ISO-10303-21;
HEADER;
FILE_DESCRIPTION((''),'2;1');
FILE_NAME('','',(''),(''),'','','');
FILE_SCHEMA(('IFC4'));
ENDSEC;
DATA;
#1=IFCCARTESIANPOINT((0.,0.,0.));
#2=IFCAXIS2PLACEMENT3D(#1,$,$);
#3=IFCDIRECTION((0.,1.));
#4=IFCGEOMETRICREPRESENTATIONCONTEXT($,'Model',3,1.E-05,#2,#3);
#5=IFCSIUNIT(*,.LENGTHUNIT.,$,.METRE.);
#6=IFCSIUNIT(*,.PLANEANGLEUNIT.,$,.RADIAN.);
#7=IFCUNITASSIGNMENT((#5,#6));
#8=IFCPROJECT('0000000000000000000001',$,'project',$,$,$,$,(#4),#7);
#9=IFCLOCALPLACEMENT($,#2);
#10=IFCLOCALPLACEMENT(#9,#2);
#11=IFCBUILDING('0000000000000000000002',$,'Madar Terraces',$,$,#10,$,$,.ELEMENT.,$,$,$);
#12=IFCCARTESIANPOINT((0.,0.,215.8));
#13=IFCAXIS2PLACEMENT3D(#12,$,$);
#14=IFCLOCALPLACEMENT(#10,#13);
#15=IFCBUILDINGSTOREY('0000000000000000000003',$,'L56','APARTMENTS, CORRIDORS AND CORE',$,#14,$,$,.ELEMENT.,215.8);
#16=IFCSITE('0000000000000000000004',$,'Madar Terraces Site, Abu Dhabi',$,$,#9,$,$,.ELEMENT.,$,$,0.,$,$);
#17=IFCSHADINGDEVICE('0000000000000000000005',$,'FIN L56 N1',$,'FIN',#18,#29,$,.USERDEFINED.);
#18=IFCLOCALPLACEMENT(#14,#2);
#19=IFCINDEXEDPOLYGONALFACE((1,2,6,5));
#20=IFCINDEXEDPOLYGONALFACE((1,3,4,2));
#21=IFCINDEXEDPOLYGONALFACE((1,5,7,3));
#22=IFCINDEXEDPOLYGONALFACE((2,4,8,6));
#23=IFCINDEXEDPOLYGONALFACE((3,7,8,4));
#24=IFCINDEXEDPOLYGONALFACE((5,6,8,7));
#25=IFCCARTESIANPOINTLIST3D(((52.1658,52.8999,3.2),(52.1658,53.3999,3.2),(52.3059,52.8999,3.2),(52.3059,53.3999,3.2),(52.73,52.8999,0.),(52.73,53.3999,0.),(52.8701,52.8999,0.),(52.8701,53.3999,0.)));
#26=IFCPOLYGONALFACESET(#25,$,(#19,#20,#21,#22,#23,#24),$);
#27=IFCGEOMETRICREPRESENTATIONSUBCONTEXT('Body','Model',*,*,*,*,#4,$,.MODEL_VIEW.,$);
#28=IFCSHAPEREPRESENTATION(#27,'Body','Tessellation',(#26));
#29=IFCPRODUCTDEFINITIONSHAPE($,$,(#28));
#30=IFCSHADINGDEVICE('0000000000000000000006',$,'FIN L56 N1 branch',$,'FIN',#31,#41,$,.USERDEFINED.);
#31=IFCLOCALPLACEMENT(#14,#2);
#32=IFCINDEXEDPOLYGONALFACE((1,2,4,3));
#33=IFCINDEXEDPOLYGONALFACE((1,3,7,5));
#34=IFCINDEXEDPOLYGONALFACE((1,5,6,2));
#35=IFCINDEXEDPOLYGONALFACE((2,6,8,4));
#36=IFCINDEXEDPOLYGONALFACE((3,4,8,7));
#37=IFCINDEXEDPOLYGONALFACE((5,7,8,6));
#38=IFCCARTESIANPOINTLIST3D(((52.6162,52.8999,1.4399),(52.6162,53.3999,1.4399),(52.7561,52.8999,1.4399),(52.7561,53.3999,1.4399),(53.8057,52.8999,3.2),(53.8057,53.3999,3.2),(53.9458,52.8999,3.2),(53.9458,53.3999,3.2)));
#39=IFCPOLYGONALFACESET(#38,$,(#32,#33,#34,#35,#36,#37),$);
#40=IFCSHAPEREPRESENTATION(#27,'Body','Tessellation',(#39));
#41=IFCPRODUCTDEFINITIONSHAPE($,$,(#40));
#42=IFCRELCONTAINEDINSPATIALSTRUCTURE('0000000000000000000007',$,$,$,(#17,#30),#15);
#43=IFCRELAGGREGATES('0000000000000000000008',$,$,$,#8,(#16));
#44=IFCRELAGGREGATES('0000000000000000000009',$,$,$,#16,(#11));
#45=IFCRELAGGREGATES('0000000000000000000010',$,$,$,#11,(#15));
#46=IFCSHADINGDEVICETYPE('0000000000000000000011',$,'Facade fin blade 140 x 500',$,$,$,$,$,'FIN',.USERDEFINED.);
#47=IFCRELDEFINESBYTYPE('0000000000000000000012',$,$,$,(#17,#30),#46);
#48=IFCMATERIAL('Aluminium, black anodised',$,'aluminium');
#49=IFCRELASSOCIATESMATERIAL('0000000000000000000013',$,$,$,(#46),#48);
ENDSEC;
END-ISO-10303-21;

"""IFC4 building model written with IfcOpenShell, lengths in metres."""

from ifc_helpers import new_model, si_unit, direction, frame, origin, place, context, subcontext, project, spatial, polyline, outline, extrude, material, type_object, element, save


model = new_model("IFC4")

# Units and contexts
model_context = context("Model", 3, precision=1e-05, world=origin(), true_north=direction((0.0, 1.0)))
body_context = subcontext(model_context, "Body", "Model", "MODEL_VIEW")
ifc_project = project(units=[si_unit("LENGTHUNIT", "METRE"), si_unit("PLANEANGLEUNIT", "RADIAN")], contexts=[model_context])

# Site, building, storey
site_placement = place(None, origin())
site = spatial("IfcSite", under=ifc_project, at=site_placement, Name="Madar Terraces Site, Abu Dhabi", CompositionType="ELEMENT", RefElevation=0.0)
building_placement = place(site_placement, origin())
building = spatial("IfcBuilding", under=site, at=building_placement, Name="Madar Terraces", CompositionType="ELEMENT")
storey_placement = place(building_placement, frame((0.0, 0.0, 215.8)))
storey = spatial("IfcBuildingStorey", under=building, at=storey_placement, Name="L56", Description="APARTMENTS, CORRIDORS AND CORE", CompositionType="ELEMENT", Elevation=215.8)

# Shading devices
ifc_material_1 = material(Name="Aluminium, black anodised", Category="aluminium")
shading_device_type = type_object("IfcShadingDeviceType", Name="Facade fin blade 140 x 500", ElementType="FIN", PredefinedType="USERDEFINED", material=ifc_material_1)
shading_device_1_placement = place(storey_placement, frame((52.8701, 53.1499, 0.0), z_axis=(0.0, 0.0, 1.0), x_axis=(-1.0, 0.0, 0.0)))
element("IfcShadingDevice", 1, at=shading_device_1_placement, inside=storey, type_object=shading_device_type, Name="FIN L56 N1", ObjectType="FIN", PredefinedType="USERDEFINED", context=body_context, shape_type="SweptSolid", body=[
    extrude(outline(polyline([(0.0, 0.0), (0.1401, 0.0), (0.7043, 3.2), (0.5642, 3.2), (0.0, 0.0)])), frame((0.0, 0.25, 0.0), z_axis=(0.0, -1.0, 0.0), x_axis=(1.0, 0.0, 0.0)), (0.0, 0.0, 1.0), 0.5),
])
shading_device_2_placement = place(storey_placement, frame((52.7561, 53.1499, 1.4399), z_axis=(0.0, 0.0, 1.0), x_axis=(-1.0, 0.0, 0.0)))
element("IfcShadingDevice", 2, at=shading_device_2_placement, inside=storey, type_object=shading_device_type, Name="FIN L56 N1 branch", ObjectType="FIN", PredefinedType="USERDEFINED", context=body_context, shape_type="SweptSolid", body=[
    extrude(outline(polyline([(0.0, 0.0), (0.1399, 0.0), (-1.0496, 1.76), (-1.1897, 1.76), (0.0, 0.0)])), frame((0.0, 0.25, 0.0), z_axis=(0.0, -1.0, 0.0), x_axis=(1.0, 0.0, 0.0)), (0.0, 0.0, 1.0), 0.5),
])

save(model, "model.ifc")
